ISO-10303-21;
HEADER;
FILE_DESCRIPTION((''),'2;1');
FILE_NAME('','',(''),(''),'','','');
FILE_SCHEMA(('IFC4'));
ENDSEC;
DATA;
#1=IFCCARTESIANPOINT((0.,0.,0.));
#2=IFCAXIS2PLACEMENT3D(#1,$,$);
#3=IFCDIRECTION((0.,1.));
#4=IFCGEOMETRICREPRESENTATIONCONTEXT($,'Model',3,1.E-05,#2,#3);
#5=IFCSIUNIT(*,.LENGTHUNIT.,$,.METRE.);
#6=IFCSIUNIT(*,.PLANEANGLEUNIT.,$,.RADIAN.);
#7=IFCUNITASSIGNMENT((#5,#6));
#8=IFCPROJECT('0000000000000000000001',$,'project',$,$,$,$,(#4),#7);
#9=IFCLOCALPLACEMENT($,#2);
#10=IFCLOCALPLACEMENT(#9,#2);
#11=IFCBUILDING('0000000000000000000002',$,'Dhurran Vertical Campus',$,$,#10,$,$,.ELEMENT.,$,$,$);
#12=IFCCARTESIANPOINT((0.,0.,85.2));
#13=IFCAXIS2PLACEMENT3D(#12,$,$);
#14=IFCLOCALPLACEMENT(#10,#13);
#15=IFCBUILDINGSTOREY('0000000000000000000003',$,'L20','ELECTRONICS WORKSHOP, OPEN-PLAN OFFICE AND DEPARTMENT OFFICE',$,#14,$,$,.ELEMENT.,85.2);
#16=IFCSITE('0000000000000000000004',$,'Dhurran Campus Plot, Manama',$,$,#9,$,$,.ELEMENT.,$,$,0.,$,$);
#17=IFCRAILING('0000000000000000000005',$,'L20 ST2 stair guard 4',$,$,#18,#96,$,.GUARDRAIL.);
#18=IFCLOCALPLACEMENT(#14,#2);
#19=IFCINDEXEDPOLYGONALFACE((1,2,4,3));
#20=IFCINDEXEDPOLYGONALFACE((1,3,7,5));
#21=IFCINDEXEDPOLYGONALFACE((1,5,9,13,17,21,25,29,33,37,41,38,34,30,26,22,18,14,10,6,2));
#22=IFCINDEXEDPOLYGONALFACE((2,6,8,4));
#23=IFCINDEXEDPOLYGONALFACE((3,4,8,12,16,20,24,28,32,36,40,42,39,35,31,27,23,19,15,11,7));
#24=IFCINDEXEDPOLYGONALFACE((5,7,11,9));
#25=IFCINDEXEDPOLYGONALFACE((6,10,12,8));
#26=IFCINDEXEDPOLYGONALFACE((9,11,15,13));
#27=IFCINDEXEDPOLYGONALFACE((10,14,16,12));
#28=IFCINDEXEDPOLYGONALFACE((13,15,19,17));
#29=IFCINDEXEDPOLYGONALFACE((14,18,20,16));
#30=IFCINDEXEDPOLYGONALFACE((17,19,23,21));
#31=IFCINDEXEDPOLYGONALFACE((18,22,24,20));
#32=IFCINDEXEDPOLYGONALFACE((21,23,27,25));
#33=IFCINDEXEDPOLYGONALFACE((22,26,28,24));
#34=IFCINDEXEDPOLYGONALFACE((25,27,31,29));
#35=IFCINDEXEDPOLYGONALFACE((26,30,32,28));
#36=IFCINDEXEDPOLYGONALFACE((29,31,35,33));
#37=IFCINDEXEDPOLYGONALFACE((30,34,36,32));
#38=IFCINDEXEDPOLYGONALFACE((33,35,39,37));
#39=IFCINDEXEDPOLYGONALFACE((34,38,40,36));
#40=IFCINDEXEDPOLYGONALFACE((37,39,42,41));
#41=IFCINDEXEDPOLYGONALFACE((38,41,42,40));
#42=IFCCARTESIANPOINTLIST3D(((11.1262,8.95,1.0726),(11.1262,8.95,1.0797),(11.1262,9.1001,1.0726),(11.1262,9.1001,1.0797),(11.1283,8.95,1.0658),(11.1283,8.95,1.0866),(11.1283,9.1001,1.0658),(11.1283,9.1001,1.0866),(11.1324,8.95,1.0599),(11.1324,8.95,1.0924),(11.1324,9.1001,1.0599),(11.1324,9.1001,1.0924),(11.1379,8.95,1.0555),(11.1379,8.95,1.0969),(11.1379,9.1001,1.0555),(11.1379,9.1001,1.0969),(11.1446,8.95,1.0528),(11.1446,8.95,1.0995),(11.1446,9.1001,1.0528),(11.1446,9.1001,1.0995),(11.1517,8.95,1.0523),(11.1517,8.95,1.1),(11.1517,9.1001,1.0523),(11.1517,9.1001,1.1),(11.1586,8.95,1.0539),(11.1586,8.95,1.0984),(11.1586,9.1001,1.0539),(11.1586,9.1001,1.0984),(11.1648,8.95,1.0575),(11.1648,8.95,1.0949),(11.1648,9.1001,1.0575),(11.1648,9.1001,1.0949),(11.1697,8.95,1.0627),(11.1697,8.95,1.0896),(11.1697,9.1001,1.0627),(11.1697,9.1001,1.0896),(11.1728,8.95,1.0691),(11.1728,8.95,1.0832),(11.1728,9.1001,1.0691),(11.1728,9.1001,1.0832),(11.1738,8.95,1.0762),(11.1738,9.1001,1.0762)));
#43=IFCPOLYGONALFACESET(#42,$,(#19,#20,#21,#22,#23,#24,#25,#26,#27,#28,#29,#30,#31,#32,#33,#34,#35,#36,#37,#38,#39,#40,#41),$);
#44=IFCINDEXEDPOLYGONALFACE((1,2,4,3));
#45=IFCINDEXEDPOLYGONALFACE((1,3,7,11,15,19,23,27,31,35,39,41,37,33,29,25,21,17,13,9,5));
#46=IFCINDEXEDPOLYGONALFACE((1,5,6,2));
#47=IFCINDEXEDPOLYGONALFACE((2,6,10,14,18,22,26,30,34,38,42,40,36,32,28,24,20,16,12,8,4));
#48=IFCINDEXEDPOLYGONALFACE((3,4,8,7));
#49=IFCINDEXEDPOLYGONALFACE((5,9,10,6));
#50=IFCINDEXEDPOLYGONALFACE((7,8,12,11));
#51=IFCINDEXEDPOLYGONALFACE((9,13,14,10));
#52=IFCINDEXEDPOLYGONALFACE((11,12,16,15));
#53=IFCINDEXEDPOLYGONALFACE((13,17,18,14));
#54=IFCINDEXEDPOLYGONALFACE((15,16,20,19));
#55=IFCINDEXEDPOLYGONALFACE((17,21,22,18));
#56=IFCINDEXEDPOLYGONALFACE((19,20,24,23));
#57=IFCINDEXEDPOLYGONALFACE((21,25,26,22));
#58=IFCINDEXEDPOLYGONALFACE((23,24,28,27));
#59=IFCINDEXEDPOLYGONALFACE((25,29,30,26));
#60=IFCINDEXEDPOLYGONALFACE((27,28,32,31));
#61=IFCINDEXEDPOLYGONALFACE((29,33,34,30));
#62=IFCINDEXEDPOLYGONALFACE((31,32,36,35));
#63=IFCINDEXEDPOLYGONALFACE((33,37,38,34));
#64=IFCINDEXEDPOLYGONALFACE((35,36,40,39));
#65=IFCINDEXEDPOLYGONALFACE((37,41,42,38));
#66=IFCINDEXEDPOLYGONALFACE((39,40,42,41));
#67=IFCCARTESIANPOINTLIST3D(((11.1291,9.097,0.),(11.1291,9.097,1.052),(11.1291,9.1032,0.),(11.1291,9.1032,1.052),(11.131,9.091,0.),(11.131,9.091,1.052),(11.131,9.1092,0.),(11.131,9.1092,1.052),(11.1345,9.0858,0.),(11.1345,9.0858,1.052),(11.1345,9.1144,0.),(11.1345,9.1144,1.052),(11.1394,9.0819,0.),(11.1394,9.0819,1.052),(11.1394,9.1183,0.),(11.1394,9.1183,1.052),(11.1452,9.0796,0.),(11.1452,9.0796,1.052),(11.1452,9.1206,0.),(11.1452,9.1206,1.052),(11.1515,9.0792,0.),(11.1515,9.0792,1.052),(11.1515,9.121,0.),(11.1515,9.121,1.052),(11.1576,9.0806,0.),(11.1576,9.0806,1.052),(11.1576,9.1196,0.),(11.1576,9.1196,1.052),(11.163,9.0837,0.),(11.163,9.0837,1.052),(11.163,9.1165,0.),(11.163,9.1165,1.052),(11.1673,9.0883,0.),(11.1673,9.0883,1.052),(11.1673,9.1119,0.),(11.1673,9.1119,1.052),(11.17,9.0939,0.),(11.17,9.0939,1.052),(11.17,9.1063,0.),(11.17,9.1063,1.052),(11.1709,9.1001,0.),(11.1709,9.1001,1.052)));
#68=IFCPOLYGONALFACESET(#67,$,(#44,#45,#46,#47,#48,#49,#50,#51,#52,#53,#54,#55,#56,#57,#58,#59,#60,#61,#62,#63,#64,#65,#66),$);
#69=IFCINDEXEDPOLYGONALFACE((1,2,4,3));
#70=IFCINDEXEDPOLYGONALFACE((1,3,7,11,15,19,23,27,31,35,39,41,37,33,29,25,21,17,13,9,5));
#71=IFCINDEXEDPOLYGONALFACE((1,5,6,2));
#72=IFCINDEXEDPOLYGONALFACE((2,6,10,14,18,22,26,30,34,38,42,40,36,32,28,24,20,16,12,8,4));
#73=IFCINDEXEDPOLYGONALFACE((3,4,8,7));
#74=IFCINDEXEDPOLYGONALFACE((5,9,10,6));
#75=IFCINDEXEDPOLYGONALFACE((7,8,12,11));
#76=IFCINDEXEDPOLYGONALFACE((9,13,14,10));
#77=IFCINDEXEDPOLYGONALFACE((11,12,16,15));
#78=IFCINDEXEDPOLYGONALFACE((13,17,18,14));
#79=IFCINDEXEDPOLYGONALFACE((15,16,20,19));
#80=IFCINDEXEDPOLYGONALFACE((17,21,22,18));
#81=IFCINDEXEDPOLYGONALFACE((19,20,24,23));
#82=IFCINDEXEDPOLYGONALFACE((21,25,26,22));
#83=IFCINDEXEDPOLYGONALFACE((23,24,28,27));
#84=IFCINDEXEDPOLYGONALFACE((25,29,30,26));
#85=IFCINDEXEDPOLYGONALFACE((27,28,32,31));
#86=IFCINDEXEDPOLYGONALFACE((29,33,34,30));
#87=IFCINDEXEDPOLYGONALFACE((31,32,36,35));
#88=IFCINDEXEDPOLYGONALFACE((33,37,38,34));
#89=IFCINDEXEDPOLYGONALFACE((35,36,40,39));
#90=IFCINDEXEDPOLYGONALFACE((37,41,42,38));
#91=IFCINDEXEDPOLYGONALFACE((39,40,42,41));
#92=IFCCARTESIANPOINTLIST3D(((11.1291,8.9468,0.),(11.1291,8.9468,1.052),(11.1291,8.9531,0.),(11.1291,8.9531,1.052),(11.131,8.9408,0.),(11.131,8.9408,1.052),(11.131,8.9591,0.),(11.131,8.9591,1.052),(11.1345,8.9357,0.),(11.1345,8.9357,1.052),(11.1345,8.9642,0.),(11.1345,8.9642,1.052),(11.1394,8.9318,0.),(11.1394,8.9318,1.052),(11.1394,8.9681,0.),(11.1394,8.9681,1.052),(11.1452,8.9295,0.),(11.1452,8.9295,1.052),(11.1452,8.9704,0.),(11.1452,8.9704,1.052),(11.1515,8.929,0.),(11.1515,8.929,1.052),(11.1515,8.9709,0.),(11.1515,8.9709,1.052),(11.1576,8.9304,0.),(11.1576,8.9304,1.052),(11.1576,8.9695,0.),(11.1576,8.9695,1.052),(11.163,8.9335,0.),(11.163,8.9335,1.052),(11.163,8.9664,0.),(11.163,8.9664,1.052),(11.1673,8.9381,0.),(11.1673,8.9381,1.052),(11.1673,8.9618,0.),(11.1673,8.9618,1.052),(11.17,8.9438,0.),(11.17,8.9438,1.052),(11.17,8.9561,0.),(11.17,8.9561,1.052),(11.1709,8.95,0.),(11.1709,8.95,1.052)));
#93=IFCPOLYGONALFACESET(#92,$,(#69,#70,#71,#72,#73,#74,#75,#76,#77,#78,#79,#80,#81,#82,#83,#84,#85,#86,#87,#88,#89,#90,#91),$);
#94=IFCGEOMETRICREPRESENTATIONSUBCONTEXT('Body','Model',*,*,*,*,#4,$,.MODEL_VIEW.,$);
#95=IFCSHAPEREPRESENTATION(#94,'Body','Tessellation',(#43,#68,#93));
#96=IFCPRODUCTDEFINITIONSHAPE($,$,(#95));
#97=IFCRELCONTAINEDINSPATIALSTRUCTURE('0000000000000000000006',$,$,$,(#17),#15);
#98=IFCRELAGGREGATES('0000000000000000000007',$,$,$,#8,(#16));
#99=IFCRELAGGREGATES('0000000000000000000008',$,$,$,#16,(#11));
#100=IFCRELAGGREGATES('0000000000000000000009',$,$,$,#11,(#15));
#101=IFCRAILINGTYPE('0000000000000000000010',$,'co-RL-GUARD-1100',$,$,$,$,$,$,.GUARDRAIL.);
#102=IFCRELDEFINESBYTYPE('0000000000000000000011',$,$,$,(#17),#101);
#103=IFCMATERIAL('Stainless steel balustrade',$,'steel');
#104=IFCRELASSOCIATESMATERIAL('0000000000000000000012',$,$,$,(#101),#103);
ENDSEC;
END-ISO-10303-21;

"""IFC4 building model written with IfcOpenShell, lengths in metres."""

from ifc_helpers import new_model, si_unit, direction, frame, origin, origin_2d, place, context, subcontext, project, spatial, circle, extrude, material, type_object, element, save


model = new_model("IFC4")

# Units and contexts
model_context = context("Model", 3, precision=1e-05, world=origin(), true_north=direction((0.0, 1.0)))
body_context = subcontext(model_context, "Body", "Model", "MODEL_VIEW")
ifc_project = project(units=[si_unit("LENGTHUNIT", "METRE"), si_unit("PLANEANGLEUNIT", "RADIAN")], contexts=[model_context])

# Site, building, storey
site_placement = place(None, origin())
site = spatial("IfcSite", under=ifc_project, at=site_placement, Name="Dhurran Campus Plot, Manama", CompositionType="ELEMENT", RefElevation=0.0)
building_placement = place(site_placement, origin())
building = spatial("IfcBuilding", under=site, at=building_placement, Name="Dhurran Vertical Campus", CompositionType="ELEMENT")
storey_placement = place(building_placement, frame((0.0, 0.0, 85.2)))
storey = spatial("IfcBuildingStorey", under=building, at=storey_placement, Name="L20", Description="ELECTRONICS WORKSHOP, OPEN-PLAN OFFICE AND DEPARTMENT OFFICE", CompositionType="ELEMENT", Elevation=85.2)

# Railing
ifc_material_1 = material(Name="Stainless steel balustrade", Category="steel")
railing_type_1 = type_object("IfcRailingType", Name="co-RL-GUARD-1100", PredefinedType="GUARDRAIL", material=ifc_material_1)
railing_1_placement = place(storey_placement, frame((11.1499, 9.1001, 0.0)))
element("IfcRailing", 1, at=railing_1_placement, inside=storey, type_object=railing_type_1, Name="L20 ST2 stair guard 4", PredefinedType="GUARDRAIL", context=body_context, shape_type="SweptSolid", body=[
    extrude(circle(Radius=0.0239, at=origin_2d()), frame((0.0, 0.0, 1.0762), z_axis=(0.0, -1.0, 0.0), x_axis=(1.0, 0.0, 0.0)), (0.0, 0.0, 1.0), 0.1501),
    extrude(circle(Radius=0.021, at=origin_2d()), origin(), (0.0, 0.0, 1.0), 1.052),
    extrude(circle(Radius=0.021, at=origin_2d()), frame((0.0, -0.1501, 0.0)), (0.0, 0.0, 1.0), 1.052),
])

save(model, "model.ifc")
